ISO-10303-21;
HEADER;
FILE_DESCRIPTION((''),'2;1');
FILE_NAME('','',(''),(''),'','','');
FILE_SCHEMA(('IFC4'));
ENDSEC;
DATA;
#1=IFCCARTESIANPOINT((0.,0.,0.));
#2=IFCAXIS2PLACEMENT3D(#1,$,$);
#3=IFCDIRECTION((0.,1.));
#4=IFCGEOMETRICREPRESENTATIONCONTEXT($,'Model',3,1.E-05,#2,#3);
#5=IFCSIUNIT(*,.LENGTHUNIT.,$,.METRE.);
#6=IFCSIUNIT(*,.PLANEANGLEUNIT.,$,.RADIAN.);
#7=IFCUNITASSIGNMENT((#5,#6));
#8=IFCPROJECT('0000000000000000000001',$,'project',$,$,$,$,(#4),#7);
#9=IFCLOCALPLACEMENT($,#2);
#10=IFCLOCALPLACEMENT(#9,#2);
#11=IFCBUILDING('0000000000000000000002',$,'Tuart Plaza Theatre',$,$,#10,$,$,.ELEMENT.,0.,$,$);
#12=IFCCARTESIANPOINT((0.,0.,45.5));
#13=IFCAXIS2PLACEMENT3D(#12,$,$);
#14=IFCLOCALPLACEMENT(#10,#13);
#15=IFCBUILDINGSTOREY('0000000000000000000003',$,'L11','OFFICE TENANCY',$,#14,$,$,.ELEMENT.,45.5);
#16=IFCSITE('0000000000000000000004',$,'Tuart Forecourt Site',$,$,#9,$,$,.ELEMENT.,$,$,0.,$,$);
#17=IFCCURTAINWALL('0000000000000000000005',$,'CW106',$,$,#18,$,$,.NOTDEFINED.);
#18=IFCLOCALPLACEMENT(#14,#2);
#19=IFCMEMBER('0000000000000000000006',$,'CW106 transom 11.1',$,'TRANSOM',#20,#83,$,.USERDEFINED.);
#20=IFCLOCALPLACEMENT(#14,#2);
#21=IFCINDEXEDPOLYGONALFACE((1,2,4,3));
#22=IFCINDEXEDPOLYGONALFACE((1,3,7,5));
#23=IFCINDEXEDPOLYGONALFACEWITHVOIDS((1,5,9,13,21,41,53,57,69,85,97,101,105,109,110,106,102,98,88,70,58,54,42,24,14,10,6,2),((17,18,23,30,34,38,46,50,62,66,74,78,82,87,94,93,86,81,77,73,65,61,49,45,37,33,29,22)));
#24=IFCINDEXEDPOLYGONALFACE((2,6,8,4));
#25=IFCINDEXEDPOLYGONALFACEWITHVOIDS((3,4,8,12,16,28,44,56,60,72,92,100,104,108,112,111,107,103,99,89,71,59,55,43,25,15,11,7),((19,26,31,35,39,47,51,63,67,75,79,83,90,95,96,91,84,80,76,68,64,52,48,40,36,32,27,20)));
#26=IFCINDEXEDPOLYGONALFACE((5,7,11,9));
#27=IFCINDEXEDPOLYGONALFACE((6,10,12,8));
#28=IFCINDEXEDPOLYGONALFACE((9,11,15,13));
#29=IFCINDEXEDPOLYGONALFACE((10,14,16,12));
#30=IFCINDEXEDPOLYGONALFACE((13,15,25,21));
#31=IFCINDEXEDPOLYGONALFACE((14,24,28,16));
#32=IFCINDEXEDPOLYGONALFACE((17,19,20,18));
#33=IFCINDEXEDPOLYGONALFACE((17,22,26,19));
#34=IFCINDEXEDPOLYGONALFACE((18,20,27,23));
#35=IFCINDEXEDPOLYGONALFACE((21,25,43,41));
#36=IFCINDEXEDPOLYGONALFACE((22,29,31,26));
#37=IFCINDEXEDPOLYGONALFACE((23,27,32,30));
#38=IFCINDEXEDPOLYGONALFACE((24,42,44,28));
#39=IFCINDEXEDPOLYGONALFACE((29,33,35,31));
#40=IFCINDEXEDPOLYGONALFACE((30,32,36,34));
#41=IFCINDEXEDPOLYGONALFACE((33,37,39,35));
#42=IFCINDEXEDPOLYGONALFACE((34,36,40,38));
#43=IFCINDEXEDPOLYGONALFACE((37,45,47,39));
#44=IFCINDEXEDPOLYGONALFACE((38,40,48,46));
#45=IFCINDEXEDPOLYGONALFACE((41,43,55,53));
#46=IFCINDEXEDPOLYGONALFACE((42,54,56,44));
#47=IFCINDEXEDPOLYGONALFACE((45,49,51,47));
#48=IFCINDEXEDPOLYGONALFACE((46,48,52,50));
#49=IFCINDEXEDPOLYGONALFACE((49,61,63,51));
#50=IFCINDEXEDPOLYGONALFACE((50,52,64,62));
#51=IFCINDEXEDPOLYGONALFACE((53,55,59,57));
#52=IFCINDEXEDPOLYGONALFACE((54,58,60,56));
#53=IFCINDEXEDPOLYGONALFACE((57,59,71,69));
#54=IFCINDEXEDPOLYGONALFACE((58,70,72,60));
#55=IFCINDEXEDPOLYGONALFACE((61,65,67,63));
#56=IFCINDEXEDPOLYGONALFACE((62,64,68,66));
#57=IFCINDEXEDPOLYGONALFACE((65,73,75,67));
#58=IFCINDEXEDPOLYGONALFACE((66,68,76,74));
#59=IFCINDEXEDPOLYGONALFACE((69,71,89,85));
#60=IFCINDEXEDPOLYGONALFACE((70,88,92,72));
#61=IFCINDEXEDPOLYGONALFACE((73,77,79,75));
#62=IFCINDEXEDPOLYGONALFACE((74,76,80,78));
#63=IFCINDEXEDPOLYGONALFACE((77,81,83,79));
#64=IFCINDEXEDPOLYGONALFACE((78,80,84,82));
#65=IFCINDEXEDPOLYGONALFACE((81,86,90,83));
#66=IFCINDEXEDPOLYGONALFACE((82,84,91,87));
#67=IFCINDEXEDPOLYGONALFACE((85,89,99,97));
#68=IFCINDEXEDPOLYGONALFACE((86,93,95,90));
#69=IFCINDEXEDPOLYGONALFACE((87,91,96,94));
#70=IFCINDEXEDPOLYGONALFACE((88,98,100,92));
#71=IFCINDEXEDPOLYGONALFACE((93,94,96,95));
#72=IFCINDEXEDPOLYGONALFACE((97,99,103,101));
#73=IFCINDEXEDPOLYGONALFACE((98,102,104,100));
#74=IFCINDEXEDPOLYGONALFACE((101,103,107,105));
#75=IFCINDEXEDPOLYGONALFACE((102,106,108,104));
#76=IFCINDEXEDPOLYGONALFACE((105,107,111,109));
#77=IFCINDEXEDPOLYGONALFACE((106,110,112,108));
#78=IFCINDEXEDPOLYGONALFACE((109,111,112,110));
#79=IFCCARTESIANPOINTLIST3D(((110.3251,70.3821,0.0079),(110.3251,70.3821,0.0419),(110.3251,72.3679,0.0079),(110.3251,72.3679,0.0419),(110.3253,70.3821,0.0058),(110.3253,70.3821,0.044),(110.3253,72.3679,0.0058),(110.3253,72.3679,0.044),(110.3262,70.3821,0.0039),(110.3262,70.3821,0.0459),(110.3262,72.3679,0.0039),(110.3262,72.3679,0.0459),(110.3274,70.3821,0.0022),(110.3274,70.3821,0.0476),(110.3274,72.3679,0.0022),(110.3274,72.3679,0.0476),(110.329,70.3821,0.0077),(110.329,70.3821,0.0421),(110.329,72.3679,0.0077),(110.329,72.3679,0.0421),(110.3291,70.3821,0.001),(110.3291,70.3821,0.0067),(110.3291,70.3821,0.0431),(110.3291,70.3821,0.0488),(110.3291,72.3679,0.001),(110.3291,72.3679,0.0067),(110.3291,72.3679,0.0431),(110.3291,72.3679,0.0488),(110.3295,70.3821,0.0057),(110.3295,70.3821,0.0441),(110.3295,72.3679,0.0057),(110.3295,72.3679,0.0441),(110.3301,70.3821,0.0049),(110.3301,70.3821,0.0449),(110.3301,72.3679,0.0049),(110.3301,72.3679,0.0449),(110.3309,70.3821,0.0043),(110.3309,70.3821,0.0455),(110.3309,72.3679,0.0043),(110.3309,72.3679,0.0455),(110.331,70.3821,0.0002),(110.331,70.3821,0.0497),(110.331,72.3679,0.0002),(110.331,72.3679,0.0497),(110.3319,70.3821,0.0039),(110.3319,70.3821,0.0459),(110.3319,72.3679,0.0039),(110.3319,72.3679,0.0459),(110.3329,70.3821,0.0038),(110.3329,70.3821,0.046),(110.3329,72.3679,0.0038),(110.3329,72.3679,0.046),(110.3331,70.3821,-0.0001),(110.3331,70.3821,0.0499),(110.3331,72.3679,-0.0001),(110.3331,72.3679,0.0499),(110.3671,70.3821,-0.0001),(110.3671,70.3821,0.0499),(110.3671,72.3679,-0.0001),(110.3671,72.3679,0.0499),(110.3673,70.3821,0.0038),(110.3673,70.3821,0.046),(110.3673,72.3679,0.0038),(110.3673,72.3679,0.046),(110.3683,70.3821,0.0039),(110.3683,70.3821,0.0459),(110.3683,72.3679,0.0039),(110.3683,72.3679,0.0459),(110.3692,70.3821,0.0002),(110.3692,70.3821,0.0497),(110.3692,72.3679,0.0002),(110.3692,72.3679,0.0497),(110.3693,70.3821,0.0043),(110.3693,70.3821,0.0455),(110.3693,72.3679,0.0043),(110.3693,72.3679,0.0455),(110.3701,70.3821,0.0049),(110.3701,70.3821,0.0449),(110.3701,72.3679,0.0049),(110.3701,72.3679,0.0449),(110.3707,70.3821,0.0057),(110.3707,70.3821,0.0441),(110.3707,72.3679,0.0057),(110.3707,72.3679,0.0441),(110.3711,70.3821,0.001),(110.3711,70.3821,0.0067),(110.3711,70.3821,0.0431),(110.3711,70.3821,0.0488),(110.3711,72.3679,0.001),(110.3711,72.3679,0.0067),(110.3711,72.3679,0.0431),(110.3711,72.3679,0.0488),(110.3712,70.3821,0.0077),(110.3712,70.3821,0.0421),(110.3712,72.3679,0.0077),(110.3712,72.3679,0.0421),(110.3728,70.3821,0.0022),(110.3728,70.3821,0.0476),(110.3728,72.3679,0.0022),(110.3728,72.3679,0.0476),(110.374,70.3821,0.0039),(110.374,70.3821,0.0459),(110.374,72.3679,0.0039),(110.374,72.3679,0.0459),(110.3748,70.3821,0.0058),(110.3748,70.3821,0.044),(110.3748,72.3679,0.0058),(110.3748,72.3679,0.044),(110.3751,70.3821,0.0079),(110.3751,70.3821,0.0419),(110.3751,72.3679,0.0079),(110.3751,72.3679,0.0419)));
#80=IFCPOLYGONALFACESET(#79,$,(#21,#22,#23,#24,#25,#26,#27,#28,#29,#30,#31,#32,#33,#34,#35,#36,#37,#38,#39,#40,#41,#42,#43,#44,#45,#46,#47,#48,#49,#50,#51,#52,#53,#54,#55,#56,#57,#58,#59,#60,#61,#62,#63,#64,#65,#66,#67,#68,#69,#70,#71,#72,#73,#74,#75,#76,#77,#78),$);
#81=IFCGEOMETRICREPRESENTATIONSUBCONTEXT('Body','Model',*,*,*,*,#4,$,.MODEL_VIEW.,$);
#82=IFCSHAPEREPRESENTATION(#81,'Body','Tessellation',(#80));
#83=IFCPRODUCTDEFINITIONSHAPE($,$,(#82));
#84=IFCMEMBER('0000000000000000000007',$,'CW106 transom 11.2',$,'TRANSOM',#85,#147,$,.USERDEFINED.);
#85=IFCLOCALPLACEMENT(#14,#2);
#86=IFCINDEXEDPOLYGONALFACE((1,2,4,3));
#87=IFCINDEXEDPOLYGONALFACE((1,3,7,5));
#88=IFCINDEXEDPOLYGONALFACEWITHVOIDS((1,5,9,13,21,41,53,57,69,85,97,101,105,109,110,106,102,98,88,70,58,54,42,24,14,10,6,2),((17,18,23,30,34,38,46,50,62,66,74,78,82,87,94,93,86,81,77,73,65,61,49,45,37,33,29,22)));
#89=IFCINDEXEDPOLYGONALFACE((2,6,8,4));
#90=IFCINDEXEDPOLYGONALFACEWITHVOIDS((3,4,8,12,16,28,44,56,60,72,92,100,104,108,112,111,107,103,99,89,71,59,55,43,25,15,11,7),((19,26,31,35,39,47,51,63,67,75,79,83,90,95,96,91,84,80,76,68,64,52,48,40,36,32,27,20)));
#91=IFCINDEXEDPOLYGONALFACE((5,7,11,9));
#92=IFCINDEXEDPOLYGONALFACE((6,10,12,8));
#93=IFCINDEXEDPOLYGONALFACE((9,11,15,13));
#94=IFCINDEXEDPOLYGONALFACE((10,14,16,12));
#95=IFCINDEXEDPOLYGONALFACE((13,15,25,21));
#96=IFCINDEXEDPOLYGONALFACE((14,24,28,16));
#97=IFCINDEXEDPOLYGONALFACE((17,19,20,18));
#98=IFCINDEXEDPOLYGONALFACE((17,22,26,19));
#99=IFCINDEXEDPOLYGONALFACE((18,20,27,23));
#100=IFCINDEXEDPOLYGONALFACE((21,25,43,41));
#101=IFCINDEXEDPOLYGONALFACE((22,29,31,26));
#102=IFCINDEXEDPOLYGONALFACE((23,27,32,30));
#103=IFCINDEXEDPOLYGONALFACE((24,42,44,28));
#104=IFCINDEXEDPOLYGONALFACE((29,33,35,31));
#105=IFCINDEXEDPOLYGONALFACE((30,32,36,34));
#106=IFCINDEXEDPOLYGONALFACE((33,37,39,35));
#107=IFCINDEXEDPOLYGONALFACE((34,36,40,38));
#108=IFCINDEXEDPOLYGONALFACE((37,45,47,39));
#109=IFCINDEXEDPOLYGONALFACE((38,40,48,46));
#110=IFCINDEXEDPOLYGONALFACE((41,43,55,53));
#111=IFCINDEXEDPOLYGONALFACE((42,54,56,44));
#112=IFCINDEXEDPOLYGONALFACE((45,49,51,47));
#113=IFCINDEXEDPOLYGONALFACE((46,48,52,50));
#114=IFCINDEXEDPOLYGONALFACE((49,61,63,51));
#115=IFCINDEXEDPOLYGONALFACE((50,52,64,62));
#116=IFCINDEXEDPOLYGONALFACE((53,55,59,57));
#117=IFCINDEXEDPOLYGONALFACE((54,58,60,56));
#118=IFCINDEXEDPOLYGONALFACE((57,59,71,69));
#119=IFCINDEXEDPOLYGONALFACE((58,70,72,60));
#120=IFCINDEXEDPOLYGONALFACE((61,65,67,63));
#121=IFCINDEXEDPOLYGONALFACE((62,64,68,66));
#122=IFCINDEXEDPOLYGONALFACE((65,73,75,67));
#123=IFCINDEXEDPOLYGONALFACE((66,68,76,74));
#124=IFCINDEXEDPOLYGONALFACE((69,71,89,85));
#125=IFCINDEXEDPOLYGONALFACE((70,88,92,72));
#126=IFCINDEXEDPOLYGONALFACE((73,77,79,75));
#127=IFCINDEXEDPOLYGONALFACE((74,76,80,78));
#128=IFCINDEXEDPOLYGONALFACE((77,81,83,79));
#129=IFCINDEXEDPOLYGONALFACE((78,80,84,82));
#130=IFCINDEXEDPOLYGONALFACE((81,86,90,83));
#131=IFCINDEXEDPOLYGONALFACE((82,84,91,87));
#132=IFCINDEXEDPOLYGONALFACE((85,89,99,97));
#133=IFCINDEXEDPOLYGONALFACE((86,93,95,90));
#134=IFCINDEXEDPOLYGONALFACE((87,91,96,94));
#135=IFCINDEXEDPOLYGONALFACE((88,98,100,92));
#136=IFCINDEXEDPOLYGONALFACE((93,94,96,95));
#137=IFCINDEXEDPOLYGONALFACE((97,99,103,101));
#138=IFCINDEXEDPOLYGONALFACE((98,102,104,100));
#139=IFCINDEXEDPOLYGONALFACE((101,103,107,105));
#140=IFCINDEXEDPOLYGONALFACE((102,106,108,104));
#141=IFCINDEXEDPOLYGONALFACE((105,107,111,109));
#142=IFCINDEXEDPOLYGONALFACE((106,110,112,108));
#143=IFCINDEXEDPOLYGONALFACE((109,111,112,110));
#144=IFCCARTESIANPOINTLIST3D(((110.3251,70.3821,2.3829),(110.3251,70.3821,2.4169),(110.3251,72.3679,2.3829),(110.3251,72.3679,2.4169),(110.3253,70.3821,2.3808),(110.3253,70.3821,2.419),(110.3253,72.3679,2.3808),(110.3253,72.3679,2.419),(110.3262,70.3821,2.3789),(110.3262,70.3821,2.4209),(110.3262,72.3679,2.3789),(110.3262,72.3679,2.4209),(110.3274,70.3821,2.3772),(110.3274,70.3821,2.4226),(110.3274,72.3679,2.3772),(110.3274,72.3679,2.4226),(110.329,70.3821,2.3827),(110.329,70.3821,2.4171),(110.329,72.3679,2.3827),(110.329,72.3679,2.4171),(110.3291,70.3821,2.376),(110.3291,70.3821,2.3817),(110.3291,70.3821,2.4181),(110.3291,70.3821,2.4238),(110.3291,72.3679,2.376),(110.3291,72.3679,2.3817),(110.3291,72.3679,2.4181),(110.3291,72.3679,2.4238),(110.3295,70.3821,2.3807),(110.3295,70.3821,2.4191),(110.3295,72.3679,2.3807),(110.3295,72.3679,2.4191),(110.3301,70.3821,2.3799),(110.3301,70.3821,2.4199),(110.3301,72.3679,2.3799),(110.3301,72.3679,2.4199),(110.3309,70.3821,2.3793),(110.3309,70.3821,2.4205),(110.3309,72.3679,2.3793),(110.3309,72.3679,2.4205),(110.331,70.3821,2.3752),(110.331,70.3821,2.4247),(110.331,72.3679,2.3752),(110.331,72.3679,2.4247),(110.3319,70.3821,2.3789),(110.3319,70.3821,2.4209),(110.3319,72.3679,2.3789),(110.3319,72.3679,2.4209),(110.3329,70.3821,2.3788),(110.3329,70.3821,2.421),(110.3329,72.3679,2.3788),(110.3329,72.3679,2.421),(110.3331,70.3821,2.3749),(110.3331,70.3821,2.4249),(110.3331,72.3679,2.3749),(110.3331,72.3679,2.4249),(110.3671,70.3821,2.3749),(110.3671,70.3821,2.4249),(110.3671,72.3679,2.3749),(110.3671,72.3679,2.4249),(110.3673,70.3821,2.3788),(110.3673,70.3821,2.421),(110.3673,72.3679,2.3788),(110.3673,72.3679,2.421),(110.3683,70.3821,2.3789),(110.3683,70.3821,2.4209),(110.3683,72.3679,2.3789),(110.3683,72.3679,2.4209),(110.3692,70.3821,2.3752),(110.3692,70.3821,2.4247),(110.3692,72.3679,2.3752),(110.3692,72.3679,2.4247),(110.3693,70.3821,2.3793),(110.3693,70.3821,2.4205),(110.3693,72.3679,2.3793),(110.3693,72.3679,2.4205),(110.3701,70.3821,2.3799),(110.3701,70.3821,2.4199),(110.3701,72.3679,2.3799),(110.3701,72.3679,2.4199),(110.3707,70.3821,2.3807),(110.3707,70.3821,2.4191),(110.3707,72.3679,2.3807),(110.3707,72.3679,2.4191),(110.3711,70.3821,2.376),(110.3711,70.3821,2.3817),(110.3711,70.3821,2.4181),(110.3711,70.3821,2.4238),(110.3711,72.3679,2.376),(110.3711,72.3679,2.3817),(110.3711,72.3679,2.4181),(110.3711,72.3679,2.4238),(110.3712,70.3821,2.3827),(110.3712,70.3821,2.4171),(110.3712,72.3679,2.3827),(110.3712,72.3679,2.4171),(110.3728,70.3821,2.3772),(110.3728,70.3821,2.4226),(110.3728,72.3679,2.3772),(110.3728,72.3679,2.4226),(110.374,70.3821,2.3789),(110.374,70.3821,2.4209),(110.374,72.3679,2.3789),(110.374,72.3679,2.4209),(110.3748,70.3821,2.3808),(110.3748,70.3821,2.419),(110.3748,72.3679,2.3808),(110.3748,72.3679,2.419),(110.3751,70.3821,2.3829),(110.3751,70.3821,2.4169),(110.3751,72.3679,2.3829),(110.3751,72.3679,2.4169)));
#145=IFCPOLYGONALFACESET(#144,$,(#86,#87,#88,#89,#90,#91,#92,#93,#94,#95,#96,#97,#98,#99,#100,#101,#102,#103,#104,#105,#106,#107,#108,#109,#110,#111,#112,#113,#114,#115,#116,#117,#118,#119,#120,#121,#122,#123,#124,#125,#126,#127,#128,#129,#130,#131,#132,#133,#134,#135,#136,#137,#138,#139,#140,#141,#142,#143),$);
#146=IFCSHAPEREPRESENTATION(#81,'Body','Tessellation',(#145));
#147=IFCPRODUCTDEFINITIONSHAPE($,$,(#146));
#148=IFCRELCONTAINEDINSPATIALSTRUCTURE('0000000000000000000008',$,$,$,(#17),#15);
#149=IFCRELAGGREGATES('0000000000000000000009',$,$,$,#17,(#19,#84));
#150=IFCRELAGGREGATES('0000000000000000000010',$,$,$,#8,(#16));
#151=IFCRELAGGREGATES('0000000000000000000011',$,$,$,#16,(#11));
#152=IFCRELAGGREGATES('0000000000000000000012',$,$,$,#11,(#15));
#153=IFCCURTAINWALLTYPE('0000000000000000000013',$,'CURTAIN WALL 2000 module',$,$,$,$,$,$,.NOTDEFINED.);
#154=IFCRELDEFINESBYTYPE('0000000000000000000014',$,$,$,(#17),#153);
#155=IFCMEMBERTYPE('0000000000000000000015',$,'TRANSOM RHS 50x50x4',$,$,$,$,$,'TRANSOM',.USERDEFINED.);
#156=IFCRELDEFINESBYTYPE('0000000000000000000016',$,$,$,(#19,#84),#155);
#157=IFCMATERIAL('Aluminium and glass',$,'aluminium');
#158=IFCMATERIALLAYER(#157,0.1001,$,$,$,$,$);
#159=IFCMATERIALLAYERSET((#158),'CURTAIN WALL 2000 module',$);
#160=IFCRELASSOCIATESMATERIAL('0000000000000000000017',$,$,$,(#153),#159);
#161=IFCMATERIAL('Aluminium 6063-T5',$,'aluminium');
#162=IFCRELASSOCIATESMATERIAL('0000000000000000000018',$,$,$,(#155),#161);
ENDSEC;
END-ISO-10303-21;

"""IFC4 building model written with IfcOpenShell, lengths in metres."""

from ifc_helpers import new_model, si_unit, direction, frame, origin, origin_2d, place, context, subcontext, project, spatial, hollow_rectangle, extrude, material, layer, layer_set, material_profile, profile_set, type_object, element, aggregate, save


model = new_model("IFC4")

# Units and contexts
model_context = context("Model", 3, precision=1e-05, world=origin(), true_north=direction((0.0, 1.0)))
body_context = subcontext(model_context, "Body", "Model", "MODEL_VIEW")
ifc_project = project(units=[si_unit("LENGTHUNIT", "METRE"), si_unit("PLANEANGLEUNIT", "RADIAN")], contexts=[model_context])

# Site, building, storey
site_placement = place(None, origin())
site = spatial("IfcSite", under=ifc_project, at=site_placement, Name="Tuart Forecourt Site", CompositionType="ELEMENT", RefElevation=0.0)
building_placement = place(site_placement, origin())
building = spatial("IfcBuilding", under=site, at=building_placement, Name="Tuart Plaza Theatre", CompositionType="ELEMENT", ElevationOfRefHeight=0.0)
storey_placement = place(building_placement, frame((0.0, 0.0, 45.5)))
storey = spatial("IfcBuildingStorey", under=building, at=storey_placement, Name="L11", Description="OFFICE TENANCY", CompositionType="ELEMENT", Elevation=45.5)

# Curtain wall, members
ifc_material_1 = material(Name="Aluminium and glass", Category="aluminium")
ifc_layer_1 = layer(ifc_material_1, 0.1001)
ifc_layer_set_1 = layer_set([ifc_layer_1], Name="CURTAIN WALL 2000 module")
curtain_wall_type = type_object("IfcCurtainWallType", Name="CURTAIN WALL 2000 module", PredefinedType="NOTDEFINED", material=ifc_layer_set_1)
curtain_wall_placement = place(storey_placement, origin())
curtain_wall = element("IfcCurtainWall", 1, at=curtain_wall_placement, inside=storey, type_object=curtain_wall_type, Name="CW106", PredefinedType="NOTDEFINED")
ifc_material_2 = material(Name="Aluminium 6063-T5", Category="aluminium")
ifc_material_profile = material_profile(ifc_material_2, hollow_rectangle(XDim=0.05, YDim=0.05, WallThickness=0.0039, InnerFilletRadius=0.0039, OuterFilletRadius=0.0081, at=origin_2d()), Name="RHS 50x50x4")
ifc_profile_set = profile_set([ifc_material_profile], Name="Aluminium 6063-T5")
member_type = type_object("IfcMemberType", Name="TRANSOM RHS 50x50x4", ElementType="TRANSOM", PredefinedType="USERDEFINED", material=ifc_profile_set)
member_1_placement = place(storey_placement, frame((110.3501, 72.3679, 0.0249), z_axis=(0.0, -1.0, 0.0), x_axis=(1.0, 0.0, 0.0)))
member_1 = element("IfcMember", 2, at=member_1_placement, type_object=member_type, Name="CW106 transom 11.1", ObjectType="TRANSOM", PredefinedType="USERDEFINED", context=body_context, shape_type="SweptSolid", body=[
    extrude(hollow_rectangle(XDim=0.05, YDim=0.05, WallThickness=0.0039, InnerFilletRadius=0.0039, OuterFilletRadius=0.0081, at=origin_2d()), origin(), (0.0, 0.0, 1.0), 1.9858),
])
member_2_placement = place(storey_placement, frame((110.3501, 72.3679, 2.3999), z_axis=(0.0, -1.0, 0.0), x_axis=(1.0, 0.0, 0.0)))
member_2 = element("IfcMember", 3, at=member_2_placement, type_object=member_type, Name="CW106 transom 11.2", ObjectType="TRANSOM", PredefinedType="USERDEFINED", context=body_context, shape_type="SweptSolid", body=[
    extrude(hollow_rectangle(XDim=0.05, YDim=0.05, WallThickness=0.0039, InnerFilletRadius=0.0039, OuterFilletRadius=0.0081, at=origin_2d()), origin(), (0.0, 0.0, 1.0), 1.9858),
])
aggregate(curtain_wall, [member_1, member_2])

save(model, "model.ifc")
